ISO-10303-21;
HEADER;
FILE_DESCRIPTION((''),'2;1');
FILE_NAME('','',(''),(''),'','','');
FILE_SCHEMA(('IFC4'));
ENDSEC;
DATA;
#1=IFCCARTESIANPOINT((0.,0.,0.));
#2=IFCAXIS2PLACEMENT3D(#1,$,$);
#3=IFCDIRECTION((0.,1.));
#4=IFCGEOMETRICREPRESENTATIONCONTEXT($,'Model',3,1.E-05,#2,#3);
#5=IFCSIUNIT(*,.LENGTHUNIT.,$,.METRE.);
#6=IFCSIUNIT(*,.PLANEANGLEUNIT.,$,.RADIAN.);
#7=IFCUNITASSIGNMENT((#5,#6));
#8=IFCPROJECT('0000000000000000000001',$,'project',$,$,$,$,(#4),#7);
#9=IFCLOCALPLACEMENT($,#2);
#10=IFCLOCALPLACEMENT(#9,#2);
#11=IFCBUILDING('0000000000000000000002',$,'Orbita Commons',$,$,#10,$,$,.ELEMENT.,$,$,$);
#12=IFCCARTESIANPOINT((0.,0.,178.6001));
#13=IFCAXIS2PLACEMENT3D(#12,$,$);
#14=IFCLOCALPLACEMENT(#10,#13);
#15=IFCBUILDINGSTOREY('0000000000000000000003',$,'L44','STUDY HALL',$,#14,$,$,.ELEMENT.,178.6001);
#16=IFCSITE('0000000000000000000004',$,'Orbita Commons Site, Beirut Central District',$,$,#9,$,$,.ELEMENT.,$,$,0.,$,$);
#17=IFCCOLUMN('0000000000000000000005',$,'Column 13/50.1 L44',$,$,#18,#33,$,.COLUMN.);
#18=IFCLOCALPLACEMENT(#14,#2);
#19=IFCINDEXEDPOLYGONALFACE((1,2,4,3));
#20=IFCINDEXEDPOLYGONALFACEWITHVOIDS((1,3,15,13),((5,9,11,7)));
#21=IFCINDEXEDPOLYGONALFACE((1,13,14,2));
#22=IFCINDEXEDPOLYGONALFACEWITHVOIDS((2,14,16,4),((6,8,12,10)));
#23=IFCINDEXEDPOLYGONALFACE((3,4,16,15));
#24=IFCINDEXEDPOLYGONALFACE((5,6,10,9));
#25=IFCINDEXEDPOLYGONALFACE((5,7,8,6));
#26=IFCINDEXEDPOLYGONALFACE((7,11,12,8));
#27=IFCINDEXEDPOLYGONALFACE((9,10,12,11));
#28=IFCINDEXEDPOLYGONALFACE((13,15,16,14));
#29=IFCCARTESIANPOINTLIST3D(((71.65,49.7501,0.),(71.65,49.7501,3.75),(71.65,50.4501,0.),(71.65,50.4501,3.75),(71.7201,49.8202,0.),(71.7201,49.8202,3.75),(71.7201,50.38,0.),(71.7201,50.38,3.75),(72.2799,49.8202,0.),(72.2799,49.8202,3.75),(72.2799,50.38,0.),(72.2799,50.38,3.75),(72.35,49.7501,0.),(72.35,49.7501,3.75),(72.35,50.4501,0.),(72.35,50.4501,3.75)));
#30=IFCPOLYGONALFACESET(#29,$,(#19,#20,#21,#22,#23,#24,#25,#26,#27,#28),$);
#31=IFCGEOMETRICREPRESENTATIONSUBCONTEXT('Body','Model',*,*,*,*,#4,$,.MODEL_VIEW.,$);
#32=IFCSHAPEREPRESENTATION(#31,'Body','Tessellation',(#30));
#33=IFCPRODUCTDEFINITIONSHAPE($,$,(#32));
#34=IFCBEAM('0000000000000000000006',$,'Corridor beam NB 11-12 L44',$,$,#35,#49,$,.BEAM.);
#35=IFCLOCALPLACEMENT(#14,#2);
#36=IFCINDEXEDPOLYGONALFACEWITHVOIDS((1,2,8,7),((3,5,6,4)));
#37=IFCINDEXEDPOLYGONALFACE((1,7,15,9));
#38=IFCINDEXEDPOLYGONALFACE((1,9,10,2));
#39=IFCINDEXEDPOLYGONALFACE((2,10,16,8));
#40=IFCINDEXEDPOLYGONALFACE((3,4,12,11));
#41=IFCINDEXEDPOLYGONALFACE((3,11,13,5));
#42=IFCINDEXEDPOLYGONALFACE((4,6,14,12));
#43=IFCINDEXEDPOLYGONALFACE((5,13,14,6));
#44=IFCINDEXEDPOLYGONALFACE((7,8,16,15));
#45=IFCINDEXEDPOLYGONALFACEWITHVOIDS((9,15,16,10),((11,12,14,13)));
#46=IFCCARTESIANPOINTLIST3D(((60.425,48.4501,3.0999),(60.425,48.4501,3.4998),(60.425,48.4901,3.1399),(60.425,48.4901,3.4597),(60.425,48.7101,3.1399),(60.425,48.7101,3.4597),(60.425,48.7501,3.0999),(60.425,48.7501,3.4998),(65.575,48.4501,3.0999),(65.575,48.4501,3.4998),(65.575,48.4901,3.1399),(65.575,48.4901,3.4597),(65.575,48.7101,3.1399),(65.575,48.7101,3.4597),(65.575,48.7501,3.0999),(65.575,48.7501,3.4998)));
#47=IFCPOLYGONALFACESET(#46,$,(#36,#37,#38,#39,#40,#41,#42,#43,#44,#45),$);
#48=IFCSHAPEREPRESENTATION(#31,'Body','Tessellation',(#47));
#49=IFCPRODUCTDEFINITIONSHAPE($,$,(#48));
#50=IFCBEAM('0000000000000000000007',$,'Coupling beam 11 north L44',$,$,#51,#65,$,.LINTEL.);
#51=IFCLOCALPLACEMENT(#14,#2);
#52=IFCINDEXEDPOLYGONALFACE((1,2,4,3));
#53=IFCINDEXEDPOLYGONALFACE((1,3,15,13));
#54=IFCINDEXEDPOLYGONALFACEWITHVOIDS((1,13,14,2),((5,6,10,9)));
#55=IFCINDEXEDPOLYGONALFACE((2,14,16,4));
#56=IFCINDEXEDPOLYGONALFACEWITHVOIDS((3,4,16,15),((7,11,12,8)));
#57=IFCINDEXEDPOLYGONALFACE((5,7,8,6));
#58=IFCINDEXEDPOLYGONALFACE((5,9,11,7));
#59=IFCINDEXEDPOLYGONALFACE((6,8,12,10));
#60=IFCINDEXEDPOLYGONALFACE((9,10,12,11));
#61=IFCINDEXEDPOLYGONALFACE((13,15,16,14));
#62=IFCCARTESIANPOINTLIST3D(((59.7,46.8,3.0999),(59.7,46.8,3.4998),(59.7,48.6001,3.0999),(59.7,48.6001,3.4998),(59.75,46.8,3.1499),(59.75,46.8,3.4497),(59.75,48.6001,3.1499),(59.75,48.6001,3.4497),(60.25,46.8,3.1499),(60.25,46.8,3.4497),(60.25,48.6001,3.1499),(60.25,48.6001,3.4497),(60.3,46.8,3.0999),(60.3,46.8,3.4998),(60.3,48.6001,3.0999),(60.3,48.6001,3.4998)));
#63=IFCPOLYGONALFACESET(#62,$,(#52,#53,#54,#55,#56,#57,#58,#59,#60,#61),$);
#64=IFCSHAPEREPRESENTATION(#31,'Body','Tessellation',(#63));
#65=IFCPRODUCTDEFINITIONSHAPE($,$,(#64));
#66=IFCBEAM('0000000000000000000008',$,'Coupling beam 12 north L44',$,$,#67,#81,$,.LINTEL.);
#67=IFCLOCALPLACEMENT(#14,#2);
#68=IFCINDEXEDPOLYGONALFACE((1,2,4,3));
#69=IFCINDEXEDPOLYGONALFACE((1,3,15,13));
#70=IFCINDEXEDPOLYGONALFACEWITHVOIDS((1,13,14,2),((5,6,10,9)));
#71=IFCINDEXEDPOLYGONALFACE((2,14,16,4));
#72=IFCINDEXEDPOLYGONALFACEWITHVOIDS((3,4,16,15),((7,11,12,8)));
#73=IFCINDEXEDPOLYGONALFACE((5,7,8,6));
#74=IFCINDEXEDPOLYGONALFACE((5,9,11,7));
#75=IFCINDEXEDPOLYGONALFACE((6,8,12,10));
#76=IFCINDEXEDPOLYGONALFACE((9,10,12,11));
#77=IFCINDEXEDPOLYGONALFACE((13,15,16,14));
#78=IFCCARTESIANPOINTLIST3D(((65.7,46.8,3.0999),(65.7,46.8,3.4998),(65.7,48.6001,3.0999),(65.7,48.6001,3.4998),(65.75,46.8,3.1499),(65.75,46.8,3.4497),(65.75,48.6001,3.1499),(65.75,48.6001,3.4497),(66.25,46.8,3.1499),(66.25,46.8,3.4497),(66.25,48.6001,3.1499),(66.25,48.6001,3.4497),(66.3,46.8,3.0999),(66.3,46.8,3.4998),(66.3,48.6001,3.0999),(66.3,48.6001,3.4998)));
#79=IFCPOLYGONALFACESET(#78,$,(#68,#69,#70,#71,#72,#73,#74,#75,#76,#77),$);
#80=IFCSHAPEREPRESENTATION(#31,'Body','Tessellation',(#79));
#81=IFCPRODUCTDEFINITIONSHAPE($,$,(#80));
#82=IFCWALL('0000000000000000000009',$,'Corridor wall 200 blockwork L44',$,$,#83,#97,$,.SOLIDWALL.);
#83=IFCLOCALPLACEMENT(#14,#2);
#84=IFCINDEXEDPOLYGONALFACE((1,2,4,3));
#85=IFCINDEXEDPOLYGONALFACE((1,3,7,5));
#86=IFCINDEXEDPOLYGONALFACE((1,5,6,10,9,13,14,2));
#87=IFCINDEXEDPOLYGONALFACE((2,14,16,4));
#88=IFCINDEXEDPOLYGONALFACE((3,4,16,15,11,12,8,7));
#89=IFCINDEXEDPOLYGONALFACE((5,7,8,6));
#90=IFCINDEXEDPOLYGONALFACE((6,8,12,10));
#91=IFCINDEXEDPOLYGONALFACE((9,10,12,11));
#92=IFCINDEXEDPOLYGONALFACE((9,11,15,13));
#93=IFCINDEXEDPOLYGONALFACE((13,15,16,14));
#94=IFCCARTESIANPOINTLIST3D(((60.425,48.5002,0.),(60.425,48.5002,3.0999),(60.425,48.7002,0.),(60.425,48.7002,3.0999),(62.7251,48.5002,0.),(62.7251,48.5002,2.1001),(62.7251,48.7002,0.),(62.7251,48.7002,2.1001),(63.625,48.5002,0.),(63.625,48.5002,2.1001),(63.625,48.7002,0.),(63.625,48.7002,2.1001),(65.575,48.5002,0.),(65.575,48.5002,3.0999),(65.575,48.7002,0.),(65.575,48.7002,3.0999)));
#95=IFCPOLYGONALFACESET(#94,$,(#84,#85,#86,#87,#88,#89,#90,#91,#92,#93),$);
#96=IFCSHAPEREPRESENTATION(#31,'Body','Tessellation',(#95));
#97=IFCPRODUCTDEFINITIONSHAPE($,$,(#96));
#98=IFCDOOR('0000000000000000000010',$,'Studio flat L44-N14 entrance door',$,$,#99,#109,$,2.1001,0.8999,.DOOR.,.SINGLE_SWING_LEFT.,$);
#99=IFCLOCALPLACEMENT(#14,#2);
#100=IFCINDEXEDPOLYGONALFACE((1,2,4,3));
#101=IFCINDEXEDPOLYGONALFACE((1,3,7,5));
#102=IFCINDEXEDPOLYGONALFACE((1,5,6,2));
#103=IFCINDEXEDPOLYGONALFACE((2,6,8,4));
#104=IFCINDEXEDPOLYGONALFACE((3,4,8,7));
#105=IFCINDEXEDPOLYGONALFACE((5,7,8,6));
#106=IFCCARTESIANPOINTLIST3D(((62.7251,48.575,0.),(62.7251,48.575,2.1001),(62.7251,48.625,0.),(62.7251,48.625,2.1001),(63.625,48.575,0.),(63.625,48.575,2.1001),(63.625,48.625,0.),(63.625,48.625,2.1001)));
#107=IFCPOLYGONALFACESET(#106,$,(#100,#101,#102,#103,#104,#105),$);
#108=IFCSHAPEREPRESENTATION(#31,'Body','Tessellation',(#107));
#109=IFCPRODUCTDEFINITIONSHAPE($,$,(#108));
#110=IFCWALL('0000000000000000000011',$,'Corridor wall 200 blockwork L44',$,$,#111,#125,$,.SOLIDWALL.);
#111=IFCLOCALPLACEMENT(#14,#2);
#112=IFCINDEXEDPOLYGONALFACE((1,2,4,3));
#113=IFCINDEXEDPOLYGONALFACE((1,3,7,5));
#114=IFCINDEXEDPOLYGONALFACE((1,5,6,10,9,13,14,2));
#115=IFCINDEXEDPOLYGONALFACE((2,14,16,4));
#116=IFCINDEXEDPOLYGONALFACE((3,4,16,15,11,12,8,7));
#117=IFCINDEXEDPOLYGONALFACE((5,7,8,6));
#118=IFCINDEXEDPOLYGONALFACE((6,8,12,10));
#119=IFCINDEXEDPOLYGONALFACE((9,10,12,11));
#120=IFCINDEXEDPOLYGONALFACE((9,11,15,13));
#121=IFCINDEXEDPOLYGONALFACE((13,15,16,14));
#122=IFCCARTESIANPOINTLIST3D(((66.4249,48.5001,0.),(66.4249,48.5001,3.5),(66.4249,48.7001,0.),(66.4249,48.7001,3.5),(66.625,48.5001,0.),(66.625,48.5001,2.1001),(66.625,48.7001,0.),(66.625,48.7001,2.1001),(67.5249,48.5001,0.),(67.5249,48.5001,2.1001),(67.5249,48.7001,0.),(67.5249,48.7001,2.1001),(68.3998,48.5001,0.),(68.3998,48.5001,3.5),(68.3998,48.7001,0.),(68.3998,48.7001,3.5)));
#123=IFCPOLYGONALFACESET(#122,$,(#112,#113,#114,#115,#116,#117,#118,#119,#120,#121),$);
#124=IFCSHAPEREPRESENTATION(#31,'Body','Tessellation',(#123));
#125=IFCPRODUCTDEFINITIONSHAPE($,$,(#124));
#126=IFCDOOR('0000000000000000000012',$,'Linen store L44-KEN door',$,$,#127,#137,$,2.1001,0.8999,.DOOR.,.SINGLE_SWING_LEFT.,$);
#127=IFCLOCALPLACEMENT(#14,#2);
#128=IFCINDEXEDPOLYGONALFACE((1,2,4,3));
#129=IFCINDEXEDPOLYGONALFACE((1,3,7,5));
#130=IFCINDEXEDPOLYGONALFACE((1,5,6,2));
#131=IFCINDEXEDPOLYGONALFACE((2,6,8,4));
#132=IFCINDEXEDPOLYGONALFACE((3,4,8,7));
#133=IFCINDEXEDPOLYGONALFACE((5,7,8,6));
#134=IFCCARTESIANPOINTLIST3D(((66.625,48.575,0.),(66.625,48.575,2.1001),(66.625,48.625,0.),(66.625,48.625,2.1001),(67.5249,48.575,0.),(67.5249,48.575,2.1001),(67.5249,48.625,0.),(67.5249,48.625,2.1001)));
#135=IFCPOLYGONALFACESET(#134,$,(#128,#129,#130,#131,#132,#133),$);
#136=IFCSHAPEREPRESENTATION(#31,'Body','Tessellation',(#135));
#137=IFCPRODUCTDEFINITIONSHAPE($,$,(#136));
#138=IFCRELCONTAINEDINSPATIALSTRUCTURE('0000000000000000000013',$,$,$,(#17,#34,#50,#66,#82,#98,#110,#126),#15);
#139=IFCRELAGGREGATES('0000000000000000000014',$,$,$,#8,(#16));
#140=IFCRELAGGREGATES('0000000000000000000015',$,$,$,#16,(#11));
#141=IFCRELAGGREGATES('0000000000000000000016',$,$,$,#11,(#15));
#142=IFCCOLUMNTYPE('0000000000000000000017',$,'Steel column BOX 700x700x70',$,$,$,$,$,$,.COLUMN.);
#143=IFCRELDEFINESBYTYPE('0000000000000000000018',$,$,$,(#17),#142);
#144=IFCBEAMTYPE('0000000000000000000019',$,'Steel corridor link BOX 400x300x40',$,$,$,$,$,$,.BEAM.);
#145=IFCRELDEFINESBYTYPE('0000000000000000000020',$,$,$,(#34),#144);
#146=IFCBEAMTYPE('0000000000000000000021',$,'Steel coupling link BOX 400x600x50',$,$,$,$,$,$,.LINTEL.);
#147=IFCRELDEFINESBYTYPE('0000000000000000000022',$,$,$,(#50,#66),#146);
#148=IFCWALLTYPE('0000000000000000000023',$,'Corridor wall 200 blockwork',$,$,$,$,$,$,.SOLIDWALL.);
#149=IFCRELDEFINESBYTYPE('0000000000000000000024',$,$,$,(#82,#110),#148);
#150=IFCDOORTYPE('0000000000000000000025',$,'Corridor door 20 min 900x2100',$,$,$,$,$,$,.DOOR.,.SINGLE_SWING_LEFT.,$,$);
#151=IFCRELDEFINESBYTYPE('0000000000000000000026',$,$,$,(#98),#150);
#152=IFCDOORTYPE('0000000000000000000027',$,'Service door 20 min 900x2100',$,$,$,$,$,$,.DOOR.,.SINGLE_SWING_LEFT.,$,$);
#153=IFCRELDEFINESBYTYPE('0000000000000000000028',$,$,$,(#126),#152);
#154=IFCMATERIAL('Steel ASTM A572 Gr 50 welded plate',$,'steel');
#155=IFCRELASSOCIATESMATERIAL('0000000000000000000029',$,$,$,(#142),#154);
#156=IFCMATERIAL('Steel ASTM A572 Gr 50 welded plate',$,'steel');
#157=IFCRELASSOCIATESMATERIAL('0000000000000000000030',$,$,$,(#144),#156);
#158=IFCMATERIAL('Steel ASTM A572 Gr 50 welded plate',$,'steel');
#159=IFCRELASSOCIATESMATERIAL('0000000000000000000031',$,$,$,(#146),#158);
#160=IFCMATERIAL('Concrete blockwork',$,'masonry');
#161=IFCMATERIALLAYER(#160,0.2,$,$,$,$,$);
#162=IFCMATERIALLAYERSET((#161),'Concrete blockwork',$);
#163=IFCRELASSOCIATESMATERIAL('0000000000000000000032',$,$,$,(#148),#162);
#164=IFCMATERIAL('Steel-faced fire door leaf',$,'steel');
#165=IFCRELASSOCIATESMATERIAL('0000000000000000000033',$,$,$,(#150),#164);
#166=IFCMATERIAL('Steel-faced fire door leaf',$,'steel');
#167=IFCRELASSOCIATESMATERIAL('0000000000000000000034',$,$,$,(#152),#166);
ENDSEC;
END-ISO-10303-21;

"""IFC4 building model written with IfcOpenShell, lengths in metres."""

from ifc_helpers import new_model, si_unit, direction, frame, frame_2d, origin, origin_2d, place, context, subcontext, project, spatial, polyline, rectangle, hollow_rectangle, outline, extrude, material, layer, layer_set, material_profile, profile_set, type_object, element, fill, save


model = new_model("IFC4")

# Units and contexts
model_context = context("Model", 3, precision=1e-05, world=origin(), true_north=direction((0.0, 1.0)))
body_context = subcontext(model_context, "Body", "Model", "MODEL_VIEW")
ifc_project = project(units=[si_unit("LENGTHUNIT", "METRE"), si_unit("PLANEANGLEUNIT", "RADIAN")], contexts=[model_context])

# Site, building, storey
site_placement = place(None, origin())
site = spatial("IfcSite", under=ifc_project, at=site_placement, Name="Orbita Commons Site, Beirut Central District", CompositionType="ELEMENT", RefElevation=0.0)
building_placement = place(site_placement, origin())
building = spatial("IfcBuilding", under=site, at=building_placement, Name="Orbita Commons", CompositionType="ELEMENT")
storey_placement = place(building_placement, frame((0.0, 0.0, 178.6001)))
storey = spatial("IfcBuildingStorey", under=building, at=storey_placement, Name="L44", Description="STUDY HALL", CompositionType="ELEMENT", Elevation=178.6001)

# Column
ifc_material_1 = material(Name="Steel ASTM A572 Gr 50 welded plate", Category="steel")
ifc_material_profile_1 = material_profile(ifc_material_1, hollow_rectangle(XDim=0.7, YDim=0.7, WallThickness=0.0701, at=origin_2d()), Name="BOX 700x700x70")
ifc_profile_set_1 = profile_set([ifc_material_profile_1], Name="Steel ASTM A572 Gr 50 welded plate")
column_type = type_object("IfcColumnType", Name="Steel column BOX 700x700x70", PredefinedType="COLUMN", material=ifc_profile_set_1)
column_placement = place(storey_placement, frame((72.0, 50.1001, 0.0), z_axis=(0.0, 0.0, 1.0), x_axis=(1.0, 0.0, 0.0)))
element("IfcColumn", 1, at=column_placement, inside=storey, type_object=column_type, Name="Column 13/50.1 L44", PredefinedType="COLUMN", context=body_context, shape_type="SweptSolid", body=[
    extrude(hollow_rectangle(XDim=0.7, YDim=0.7, WallThickness=0.0701, at=origin_2d()), origin(), (0.0, 0.0, 1.0), 3.75),
])

# Beams
ifc_material_2 = material(Name="Steel ASTM A572 Gr 50 welded plate", Category="steel")
ifc_material_profile_2 = material_profile(ifc_material_2, hollow_rectangle(XDim=0.3, YDim=0.3999, WallThickness=0.04, at=origin_2d()), Name="BOX 400x300x40")
ifc_profile_set_2 = profile_set([ifc_material_profile_2], Name="Steel ASTM A572 Gr 50 welded plate")
beam_type_1 = type_object("IfcBeamType", Name="Steel corridor link BOX 400x300x40", PredefinedType="BEAM", material=ifc_profile_set_2)
beam_placement = place(storey_placement, frame((60.425, 48.6001, 3.2998), z_axis=(1.0, 0.0, 0.0), x_axis=(0.0, 1.0, 0.0)))
element("IfcBeam", 2, at=beam_placement, inside=storey, type_object=beam_type_1, Name="Corridor beam NB 11-12 L44", PredefinedType="BEAM", context=body_context, shape_type="SweptSolid", body=[
    extrude(hollow_rectangle(XDim=0.3, YDim=0.3999, WallThickness=0.04, at=origin_2d()), origin(), (0.0, 0.0, 1.0), 5.1499),
])
ifc_material_3 = material(Name="Steel ASTM A572 Gr 50 welded plate", Category="steel")
ifc_material_profile_3 = material_profile(ifc_material_3, hollow_rectangle(XDim=0.6001, YDim=0.3999, WallThickness=0.05, at=origin_2d()), Name="BOX 400x600x50")
ifc_profile_set_3 = profile_set([ifc_material_profile_3], Name="Steel ASTM A572 Gr 50 welded plate")
beam_type_2 = type_object("IfcBeamType", Name="Steel coupling link BOX 400x600x50", PredefinedType="LINTEL", material=ifc_profile_set_3)
for number, where, z_axis, x_axis, name in (
    (3, (60.0, 46.8, 3.2998), (0.0, 1.0, 0.0), (-1.0, 0.0, 0.0), "Coupling beam 11 north L44"),
    (4, (66.0, 46.8, 3.2998), (0.0, 1.0, 0.0), (-1.0, 0.0, 0.0), "Coupling beam 12 north L44"),
):
    element("IfcBeam", number, at=place(storey_placement, frame(where, z_axis=z_axis, x_axis=x_axis)), inside=storey, type_object=beam_type_2, Name=name, PredefinedType="LINTEL", context=body_context, shape_type="SweptSolid", body=[
        extrude(hollow_rectangle(XDim=0.6001, YDim=0.3999, WallThickness=0.05, at=origin_2d()), origin(), (0.0, 0.0, 1.0), 1.8),
    ])

# Walls, openings, doors
ifc_material_4 = material(Name="Concrete blockwork", Category="masonry")
ifc_layer_1 = layer(ifc_material_4, 0.2)
ifc_layer_set_1 = layer_set([ifc_layer_1], Name="Concrete blockwork")
wall_type_1 = type_object("IfcWallType", Name="Corridor wall 200 blockwork", PredefinedType="SOLIDWALL", material=ifc_layer_set_1)
wall_1_placement = place(storey_placement, frame((60.425, 48.6001, 0.0), z_axis=(0.0, 0.0, 1.0), x_axis=(1.0, 0.0, 0.0)))
wall_1 = element("IfcWall", 5, at=wall_1_placement, inside=storey, type_object=wall_type_1, Name="Corridor wall 200 blockwork L44", PredefinedType="SOLIDWALL", context=body_context, shape_type="SweptSolid", body=[
    extrude(outline(polyline([(0.0, 0.0), (5.1499, 0.0), (5.1499, 3.0999), (0.0, 3.0999), (0.0, 0.0)])), frame((0.0, 0.1001, 0.0), z_axis=(0.0, -1.0, 0.0), x_axis=(1.0, 0.0, 0.0)), (0.0, 0.0, 1.0), 0.2),
])
opening_1_placement = place(wall_1_placement, frame((2.3, 0.0, 0.0)))
opening_1 = element("IfcOpeningElement", 6, at=opening_1_placement, cuts=wall_1, PredefinedType="OPENING", context=body_context, shape_type="SweptSolid", body=[
    extrude(rectangle(XDim=0.8999, YDim=2.1001, at=frame_2d((0.45, 1.05))), frame((0.0, 0.1099, 0.0), z_axis=(0.0, -1.0, 0.0), x_axis=(1.0, 0.0, 0.0)), (0.0, 0.0, 1.0), 0.22),
])
ifc_material_5 = material(Name="Steel-faced fire door leaf", Category="steel")
door_type_1 = type_object("IfcDoorType", Name="Corridor door 20 min 900x2100", OperationType="SINGLE_SWING_LEFT", PredefinedType="DOOR", material=ifc_material_5)
door_1_placement = place(opening_1_placement, origin())
door_1 = element("IfcDoor", 7, at=door_1_placement, inside=storey, type_object=door_type_1, Name="Studio flat L44-N14 entrance door", OperationType="SINGLE_SWING_LEFT", OverallHeight=2.1001, OverallWidth=0.8999, PredefinedType="DOOR", context=body_context, shape_type="SweptSolid", body=[
    extrude(rectangle(XDim=0.8999, YDim=2.1001, at=frame_2d((0.45, 1.05))), frame((0.0, 0.0249, 0.0), z_axis=(0.0, -1.0, 0.0), x_axis=(1.0, 0.0, 0.0)), (0.0, 0.0, 1.0), 0.05),
])
fill(opening_1, door_1)
wall_2_placement = place(storey_placement, frame((66.425, 48.6001, 0.0), z_axis=(0.0, 0.0, 1.0), x_axis=(1.0, 0.0, 0.0)))
wall_2 = element("IfcWall", 8, at=wall_2_placement, inside=storey, type_object=wall_type_1, Name="Corridor wall 200 blockwork L44", PredefinedType="SOLIDWALL", context=body_context, shape_type="SweptSolid", body=[
    extrude(rectangle(XDim=1.9749, YDim=0.2, at=frame_2d((0.9873, 0.0))), origin(), (0.0, 0.0, 1.0), 3.5),
])
opening_2_placement = place(wall_2_placement, frame((0.2, 0.0, 0.0)))
opening_2 = element("IfcOpeningElement", 9, at=opening_2_placement, cuts=wall_2, PredefinedType="OPENING", context=body_context, shape_type="SweptSolid", body=[
    extrude(rectangle(XDim=0.8999, YDim=2.1001, at=frame_2d((0.45, 1.05))), frame((0.0, 0.1099, 0.0), z_axis=(0.0, -1.0, 0.0), x_axis=(1.0, 0.0, 0.0)), (0.0, 0.0, 1.0), 0.22),
])
ifc_material_6 = material(Name="Steel-faced fire door leaf", Category="steel")
door_type_2 = type_object("IfcDoorType", Name="Service door 20 min 900x2100", OperationType="SINGLE_SWING_LEFT", PredefinedType="DOOR", material=ifc_material_6)
door_2_placement = place(opening_2_placement, origin())
door_2 = element("IfcDoor", 10, at=door_2_placement, inside=storey, type_object=door_type_2, Name="Linen store L44-KEN door", OperationType="SINGLE_SWING_LEFT", OverallHeight=2.1001, OverallWidth=0.8999, PredefinedType="DOOR", context=body_context, shape_type="SweptSolid", body=[
    extrude(rectangle(XDim=0.8999, YDim=2.1001, at=frame_2d((0.45, 1.05))), frame((0.0, 0.0249, 0.0), z_axis=(0.0, -1.0, 0.0), x_axis=(1.0, 0.0, 0.0)), (0.0, 0.0, 1.0), 0.05),
])
fill(opening_2, door_2)

save(model, "model.ifc")
